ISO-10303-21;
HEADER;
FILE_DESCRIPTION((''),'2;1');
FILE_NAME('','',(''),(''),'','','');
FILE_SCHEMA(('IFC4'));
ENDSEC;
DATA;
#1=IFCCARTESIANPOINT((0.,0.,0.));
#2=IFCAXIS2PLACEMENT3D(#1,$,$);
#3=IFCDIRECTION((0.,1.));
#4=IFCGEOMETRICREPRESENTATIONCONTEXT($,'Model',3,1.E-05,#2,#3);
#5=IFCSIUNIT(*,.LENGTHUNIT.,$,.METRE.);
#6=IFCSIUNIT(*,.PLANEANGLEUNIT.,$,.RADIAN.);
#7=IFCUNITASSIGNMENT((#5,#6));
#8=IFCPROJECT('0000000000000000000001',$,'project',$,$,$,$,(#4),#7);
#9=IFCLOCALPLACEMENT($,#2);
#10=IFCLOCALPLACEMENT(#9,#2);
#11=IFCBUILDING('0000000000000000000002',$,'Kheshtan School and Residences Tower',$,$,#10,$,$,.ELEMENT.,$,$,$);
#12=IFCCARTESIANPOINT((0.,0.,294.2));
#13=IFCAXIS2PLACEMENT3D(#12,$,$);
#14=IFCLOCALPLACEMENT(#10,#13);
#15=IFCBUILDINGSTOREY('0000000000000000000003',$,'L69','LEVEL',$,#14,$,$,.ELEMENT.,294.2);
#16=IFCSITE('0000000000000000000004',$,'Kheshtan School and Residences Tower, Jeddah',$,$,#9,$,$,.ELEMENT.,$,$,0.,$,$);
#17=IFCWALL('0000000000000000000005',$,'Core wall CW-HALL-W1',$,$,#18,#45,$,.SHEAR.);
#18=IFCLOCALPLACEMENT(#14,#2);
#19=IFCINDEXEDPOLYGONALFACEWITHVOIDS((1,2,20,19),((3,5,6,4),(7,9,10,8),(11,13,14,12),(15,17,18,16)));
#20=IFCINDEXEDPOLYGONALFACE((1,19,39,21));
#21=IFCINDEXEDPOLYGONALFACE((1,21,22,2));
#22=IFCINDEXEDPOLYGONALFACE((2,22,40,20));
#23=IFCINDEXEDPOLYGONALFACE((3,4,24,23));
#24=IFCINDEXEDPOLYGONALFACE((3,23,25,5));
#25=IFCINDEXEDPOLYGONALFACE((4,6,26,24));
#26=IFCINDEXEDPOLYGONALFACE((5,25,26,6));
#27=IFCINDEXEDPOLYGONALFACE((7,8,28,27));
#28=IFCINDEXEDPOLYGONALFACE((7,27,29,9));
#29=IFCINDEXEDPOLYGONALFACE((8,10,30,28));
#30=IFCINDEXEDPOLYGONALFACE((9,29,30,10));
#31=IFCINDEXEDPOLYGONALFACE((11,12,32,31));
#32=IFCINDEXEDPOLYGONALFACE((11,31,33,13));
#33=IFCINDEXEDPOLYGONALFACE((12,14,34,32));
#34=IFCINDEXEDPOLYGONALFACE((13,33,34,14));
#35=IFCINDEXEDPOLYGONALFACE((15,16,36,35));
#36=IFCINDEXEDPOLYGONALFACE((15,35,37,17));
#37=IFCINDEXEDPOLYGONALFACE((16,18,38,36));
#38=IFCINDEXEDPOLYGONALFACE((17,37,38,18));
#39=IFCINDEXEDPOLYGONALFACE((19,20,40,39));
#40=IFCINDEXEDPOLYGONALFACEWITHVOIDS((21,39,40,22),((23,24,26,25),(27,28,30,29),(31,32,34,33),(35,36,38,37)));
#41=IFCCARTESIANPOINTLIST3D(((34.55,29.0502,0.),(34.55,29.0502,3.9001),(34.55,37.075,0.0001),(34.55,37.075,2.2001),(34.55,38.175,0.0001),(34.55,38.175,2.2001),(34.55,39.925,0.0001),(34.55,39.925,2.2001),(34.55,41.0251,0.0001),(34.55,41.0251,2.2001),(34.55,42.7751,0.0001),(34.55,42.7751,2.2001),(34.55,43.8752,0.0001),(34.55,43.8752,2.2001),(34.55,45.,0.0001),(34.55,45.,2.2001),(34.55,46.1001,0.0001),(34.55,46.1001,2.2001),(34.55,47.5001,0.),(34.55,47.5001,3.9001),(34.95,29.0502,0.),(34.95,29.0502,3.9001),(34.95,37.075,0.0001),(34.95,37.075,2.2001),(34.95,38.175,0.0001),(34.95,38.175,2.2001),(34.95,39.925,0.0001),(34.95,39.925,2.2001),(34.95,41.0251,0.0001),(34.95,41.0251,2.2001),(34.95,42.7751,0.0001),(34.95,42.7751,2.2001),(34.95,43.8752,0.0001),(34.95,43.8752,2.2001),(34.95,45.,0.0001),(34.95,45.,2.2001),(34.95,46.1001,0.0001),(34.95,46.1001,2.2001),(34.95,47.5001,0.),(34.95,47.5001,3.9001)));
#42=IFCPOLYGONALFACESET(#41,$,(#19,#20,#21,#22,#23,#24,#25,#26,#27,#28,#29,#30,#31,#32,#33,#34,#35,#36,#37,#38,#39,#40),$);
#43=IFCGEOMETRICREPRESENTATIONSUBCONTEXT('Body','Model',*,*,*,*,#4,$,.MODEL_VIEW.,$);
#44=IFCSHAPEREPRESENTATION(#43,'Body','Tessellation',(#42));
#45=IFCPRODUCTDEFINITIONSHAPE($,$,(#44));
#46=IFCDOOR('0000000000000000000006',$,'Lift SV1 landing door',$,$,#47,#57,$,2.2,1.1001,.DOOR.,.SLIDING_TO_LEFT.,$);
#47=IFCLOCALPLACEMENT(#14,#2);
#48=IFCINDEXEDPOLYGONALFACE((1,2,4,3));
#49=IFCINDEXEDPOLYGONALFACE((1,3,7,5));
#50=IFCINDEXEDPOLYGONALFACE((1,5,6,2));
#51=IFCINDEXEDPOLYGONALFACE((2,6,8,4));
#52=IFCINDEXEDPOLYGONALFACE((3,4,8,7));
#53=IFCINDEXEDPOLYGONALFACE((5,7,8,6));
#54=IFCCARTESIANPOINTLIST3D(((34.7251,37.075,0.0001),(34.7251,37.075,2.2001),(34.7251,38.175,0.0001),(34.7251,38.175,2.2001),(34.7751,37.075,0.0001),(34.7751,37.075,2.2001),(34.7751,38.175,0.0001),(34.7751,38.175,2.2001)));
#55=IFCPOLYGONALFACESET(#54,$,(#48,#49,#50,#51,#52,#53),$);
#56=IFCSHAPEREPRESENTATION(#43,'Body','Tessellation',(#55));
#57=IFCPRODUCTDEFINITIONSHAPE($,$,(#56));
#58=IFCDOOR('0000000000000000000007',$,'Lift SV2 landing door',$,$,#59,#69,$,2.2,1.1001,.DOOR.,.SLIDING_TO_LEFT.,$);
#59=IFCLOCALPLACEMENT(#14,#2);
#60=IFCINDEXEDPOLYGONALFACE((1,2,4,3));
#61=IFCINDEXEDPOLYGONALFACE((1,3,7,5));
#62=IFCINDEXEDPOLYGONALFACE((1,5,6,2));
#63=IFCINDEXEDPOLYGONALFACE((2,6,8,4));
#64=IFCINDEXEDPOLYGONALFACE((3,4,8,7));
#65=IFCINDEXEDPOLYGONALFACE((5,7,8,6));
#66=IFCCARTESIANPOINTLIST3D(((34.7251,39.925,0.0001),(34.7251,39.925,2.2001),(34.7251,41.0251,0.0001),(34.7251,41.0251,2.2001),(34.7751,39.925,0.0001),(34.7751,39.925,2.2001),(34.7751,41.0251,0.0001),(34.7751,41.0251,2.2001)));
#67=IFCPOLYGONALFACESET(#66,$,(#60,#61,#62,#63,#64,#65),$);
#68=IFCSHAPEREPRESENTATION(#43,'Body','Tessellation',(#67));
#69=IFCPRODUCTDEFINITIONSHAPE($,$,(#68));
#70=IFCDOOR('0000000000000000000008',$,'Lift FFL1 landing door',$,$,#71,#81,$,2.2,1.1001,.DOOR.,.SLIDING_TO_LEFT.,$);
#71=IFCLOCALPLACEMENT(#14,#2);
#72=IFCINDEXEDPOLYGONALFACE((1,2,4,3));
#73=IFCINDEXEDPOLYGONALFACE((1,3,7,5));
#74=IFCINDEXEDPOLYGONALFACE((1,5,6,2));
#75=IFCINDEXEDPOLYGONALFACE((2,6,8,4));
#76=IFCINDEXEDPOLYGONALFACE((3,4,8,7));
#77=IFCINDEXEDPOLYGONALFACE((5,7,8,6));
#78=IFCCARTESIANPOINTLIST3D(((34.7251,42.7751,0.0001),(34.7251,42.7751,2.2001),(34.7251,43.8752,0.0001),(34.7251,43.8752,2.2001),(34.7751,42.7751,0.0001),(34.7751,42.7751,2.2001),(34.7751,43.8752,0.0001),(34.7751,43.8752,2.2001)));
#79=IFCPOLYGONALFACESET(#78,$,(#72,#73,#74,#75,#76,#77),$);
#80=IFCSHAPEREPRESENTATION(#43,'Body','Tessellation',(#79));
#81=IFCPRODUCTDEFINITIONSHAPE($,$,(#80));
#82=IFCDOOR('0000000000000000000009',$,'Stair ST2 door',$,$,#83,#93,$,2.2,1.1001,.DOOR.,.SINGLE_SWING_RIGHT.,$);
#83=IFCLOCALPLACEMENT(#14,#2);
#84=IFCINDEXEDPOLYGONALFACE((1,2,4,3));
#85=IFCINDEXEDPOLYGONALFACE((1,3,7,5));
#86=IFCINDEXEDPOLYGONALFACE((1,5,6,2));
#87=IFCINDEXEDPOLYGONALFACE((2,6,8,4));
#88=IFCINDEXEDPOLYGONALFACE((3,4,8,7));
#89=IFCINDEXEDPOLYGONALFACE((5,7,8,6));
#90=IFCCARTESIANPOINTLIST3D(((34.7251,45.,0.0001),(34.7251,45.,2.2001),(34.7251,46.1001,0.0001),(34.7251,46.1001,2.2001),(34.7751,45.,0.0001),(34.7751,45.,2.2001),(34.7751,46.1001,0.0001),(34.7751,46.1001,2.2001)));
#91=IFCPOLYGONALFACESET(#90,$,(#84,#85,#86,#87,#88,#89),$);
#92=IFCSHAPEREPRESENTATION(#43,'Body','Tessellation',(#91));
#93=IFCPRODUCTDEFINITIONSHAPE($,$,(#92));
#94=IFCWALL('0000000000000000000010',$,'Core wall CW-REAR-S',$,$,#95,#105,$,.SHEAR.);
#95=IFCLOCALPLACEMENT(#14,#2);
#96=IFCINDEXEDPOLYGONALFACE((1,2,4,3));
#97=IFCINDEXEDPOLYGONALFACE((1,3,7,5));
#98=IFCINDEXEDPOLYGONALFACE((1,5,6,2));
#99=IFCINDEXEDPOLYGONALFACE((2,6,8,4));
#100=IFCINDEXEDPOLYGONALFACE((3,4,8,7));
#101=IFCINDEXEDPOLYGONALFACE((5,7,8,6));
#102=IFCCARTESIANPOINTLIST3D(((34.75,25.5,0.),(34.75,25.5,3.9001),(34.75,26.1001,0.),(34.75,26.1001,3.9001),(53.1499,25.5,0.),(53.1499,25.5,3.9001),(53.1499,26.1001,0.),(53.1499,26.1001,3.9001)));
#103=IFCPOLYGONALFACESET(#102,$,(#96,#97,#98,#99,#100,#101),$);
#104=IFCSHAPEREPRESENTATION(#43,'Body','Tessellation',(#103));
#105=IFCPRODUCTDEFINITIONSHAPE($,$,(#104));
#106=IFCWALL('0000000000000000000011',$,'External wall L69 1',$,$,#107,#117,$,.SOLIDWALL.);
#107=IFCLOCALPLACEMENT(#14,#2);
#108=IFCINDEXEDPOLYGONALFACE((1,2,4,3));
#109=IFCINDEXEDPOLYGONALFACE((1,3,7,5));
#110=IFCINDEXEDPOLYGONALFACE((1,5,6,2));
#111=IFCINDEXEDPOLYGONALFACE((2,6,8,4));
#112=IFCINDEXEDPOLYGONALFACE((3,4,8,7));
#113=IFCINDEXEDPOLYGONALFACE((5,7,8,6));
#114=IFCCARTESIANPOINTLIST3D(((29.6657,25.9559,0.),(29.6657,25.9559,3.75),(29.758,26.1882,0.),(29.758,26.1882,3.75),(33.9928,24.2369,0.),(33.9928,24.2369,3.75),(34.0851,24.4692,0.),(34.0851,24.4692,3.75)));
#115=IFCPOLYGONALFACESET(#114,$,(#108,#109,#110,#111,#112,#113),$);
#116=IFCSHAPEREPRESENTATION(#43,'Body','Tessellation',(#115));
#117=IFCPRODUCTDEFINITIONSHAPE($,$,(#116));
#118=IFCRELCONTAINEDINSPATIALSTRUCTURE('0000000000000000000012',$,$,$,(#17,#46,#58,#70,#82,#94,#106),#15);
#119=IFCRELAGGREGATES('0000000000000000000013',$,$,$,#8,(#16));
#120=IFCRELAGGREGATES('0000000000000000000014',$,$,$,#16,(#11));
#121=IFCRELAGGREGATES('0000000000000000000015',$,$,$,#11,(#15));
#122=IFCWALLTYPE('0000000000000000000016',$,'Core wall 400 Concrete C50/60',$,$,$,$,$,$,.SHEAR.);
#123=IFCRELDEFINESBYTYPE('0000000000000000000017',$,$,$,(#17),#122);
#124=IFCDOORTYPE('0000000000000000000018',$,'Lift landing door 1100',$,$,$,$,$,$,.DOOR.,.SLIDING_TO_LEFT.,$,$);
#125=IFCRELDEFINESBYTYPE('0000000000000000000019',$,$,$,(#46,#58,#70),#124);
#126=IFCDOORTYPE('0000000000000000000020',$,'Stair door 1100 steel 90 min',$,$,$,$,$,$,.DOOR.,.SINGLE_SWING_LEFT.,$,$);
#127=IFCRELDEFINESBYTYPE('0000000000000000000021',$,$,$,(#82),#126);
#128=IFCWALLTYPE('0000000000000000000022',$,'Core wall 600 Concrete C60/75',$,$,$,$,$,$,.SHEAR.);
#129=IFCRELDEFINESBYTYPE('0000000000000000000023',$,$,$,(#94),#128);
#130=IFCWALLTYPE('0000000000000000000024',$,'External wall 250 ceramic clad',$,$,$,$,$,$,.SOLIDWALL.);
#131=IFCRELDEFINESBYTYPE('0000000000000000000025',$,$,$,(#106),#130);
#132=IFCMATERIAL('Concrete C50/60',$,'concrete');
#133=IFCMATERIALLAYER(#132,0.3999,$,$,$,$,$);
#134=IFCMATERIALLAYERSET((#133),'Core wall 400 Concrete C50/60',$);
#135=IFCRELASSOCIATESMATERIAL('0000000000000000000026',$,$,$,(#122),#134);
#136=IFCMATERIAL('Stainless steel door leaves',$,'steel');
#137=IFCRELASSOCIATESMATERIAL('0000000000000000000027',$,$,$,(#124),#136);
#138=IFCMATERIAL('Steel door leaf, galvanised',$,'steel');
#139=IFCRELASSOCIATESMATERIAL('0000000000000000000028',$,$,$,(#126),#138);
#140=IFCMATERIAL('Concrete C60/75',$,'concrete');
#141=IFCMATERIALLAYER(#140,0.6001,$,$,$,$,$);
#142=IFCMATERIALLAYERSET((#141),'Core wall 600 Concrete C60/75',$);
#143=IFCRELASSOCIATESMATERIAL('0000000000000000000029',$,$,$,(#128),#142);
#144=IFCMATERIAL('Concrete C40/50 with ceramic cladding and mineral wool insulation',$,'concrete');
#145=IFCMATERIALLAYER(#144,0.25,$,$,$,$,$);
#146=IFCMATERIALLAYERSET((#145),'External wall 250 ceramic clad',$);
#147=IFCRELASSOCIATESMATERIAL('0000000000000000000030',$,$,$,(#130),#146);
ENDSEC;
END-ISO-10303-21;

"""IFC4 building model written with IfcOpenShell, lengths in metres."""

from ifc_helpers import new_model, si_unit, direction, frame, frame_2d, origin, place, context, subcontext, project, spatial, rectangle, extrude, source, transform, mapped, material, layer, layer_set, type_object, element, fill, save


model = new_model("IFC4")

# Units and contexts
model_context = context("Model", 3, precision=1e-05, world=origin(), true_north=direction((0.0, 1.0)))
body_context = subcontext(model_context, "Body", "Model", "MODEL_VIEW")
ifc_project = project(units=[si_unit("LENGTHUNIT", "METRE"), si_unit("PLANEANGLEUNIT", "RADIAN")], contexts=[model_context])

# Site, building, storey
site_placement = place(None, origin())
site = spatial("IfcSite", under=ifc_project, at=site_placement, Name="Kheshtan School and Residences Tower, Jeddah", CompositionType="ELEMENT", RefElevation=0.0)
building_placement = place(site_placement, origin())
building = spatial("IfcBuilding", under=site, at=building_placement, Name="Kheshtan School and Residences Tower", CompositionType="ELEMENT")
storey_placement = place(building_placement, frame((0.0, 0.0, 294.2)))
storey = spatial("IfcBuildingStorey", under=building, at=storey_placement, Name="L69", Description="LEVEL", CompositionType="ELEMENT", Elevation=294.2)

# Wall, openings, doors
ifc_material_1 = material(Name="Concrete C50/60", Category="concrete")
ifc_layer_1 = layer(ifc_material_1, 0.3999)
ifc_layer_set_1 = layer_set([ifc_layer_1], Name="Core wall 400 Concrete C50/60")
wall_type_1 = type_object("IfcWallType", Name="Core wall 400 Concrete C50/60", PredefinedType="SHEAR", material=ifc_layer_set_1)
ifc_material_2 = material(Name="Stainless steel door leaves", Category="steel")
door_type_1 = type_object("IfcDoorType", Name="Lift landing door 1100", OperationType="SLIDING_TO_LEFT", PredefinedType="DOOR", material=ifc_material_2)
shared_shape_1 = source(origin(), body_context, "Body", "SweptSolid", [
    extrude(rectangle(XDim=1.1001, YDim=2.2, at=frame_2d((0.55, 1.1001))), frame((0.0, 0.0249, 0.0), z_axis=(0.0, -1.0, 0.0), x_axis=(1.0, 0.0, 0.0)), (0.0, 0.0, 1.0), 0.05),
])
ifc_material_3 = material(Name="Steel door leaf, galvanised", Category="steel")
wall_1_placement = place(storey_placement, frame((34.75, 29.05, 0.0), z_axis=(0.0, 0.0, 1.0), x_axis=(0.0, 1.0, 0.0)))
wall_1 = element("IfcWall", 1, at=wall_1_placement, inside=storey, type_object=wall_type_1, Name="Core wall CW-HALL-W1", PredefinedType="SHEAR", context=body_context, shape_type="SweptSolid", body=[
    extrude(rectangle(XDim=18.45, YDim=0.3999, at=frame_2d((9.2251, 0.0))), origin(), (0.0, 0.0, 1.0), 3.9001),
])
opening_1_placement = place(wall_1_placement, frame((8.0249, 0.0, 0.0)))
opening_1 = element("IfcOpeningElement", 2, at=opening_1_placement, cuts=wall_1, PredefinedType="OPENING", context=body_context, shape_type="SweptSolid", body=[
    extrude(rectangle(XDim=1.1001, YDim=2.2, at=frame_2d((0.55, 1.1001))), frame((0.0, 0.21, 0.0), z_axis=(0.0, -1.0, 0.0), x_axis=(1.0, 0.0, 0.0)), (0.0, 0.0, 1.0), 0.4199),
])
opening_2_placement = place(wall_1_placement, frame((10.875, 0.0, 0.0)))
opening_2 = element("IfcOpeningElement", 3, at=opening_2_placement, cuts=wall_1, PredefinedType="OPENING", context=body_context, shape_type="SweptSolid", body=[
    extrude(rectangle(XDim=1.1001, YDim=2.2, at=frame_2d((0.55, 1.1001))), frame((0.0, 0.21, 0.0), z_axis=(0.0, -1.0, 0.0), x_axis=(1.0, 0.0, 0.0)), (0.0, 0.0, 1.0), 0.4199),
])
opening_3_placement = place(wall_1_placement, frame((13.7251, 0.0, 0.0)))
opening_3 = element("IfcOpeningElement", 4, at=opening_3_placement, cuts=wall_1, PredefinedType="OPENING", context=body_context, shape_type="SweptSolid", body=[
    extrude(rectangle(XDim=1.1001, YDim=2.2, at=frame_2d((0.55, 1.1001))), frame((0.0, 0.21, 0.0), z_axis=(0.0, -1.0, 0.0), x_axis=(1.0, 0.0, 0.0)), (0.0, 0.0, 1.0), 0.4199),
])
opening_4_placement = place(wall_1_placement, frame((15.95, 0.0, 0.0)))
opening_4 = element("IfcOpeningElement", 5, at=opening_4_placement, cuts=wall_1, PredefinedType="OPENING", context=body_context, shape_type="SweptSolid", body=[
    extrude(rectangle(XDim=1.1001, YDim=2.2, at=frame_2d((0.55, 1.1001))), frame((0.0, 0.21, 0.0), z_axis=(0.0, -1.0, 0.0), x_axis=(1.0, 0.0, 0.0)), (0.0, 0.0, 1.0), 0.4199),
])
door_1_placement = place(opening_1_placement, origin())
door_1 = element("IfcDoor", 6, at=door_1_placement, inside=storey, type_object=door_type_1, Name="Lift SV1 landing door", OperationType="SLIDING_TO_LEFT", OverallHeight=2.2, OverallWidth=1.1001, PredefinedType="DOOR", context=body_context, shape_type="MappedRepresentation", body=[
    mapped(shared_shape_1, transform((0.0, 0.0, 0.0), x_axis=(1.0, 0.0, 0.0), y_axis=(0.0, 1.0, 0.0), z_axis=(0.0, 0.0, 1.0), scale=1.0)),
])
fill(opening_1, door_1)
door_2_placement = place(opening_2_placement, origin())
door_2 = element("IfcDoor", 7, at=door_2_placement, inside=storey, type_object=door_type_1, Name="Lift SV2 landing door", OperationType="SLIDING_TO_LEFT", OverallHeight=2.2, OverallWidth=1.1001, PredefinedType="DOOR", context=body_context, shape_type="MappedRepresentation", body=[
    mapped(shared_shape_1, transform((0.0, 0.0, 0.0), x_axis=(1.0, 0.0, 0.0), y_axis=(0.0, 1.0, 0.0), z_axis=(0.0, 0.0, 1.0), scale=1.0)),
])
fill(opening_2, door_2)
door_3_placement = place(opening_3_placement, origin())
door_3 = element("IfcDoor", 8, at=door_3_placement, inside=storey, type_object=door_type_1, Name="Lift FFL1 landing door", OperationType="SLIDING_TO_LEFT", OverallHeight=2.2, OverallWidth=1.1001, PredefinedType="DOOR", context=body_context, shape_type="MappedRepresentation", body=[
    mapped(shared_shape_1, transform((0.0, 0.0, 0.0), x_axis=(1.0, 0.0, 0.0), y_axis=(0.0, 1.0, 0.0), z_axis=(0.0, 0.0, 1.0), scale=1.0)),
])
fill(opening_3, door_3)
door_type_2 = type_object("IfcDoorType", Name="Stair door 1100 steel 90 min", OperationType="SINGLE_SWING_LEFT", PredefinedType="DOOR", material=ifc_material_3)
shared_shape_2 = source(origin(), body_context, "Body", "SweptSolid", [
    extrude(rectangle(XDim=1.1001, YDim=2.2, at=frame_2d((0.55, 1.1001))), frame((0.0, 0.0249, 0.0), z_axis=(0.0, -1.0, 0.0), x_axis=(1.0, 0.0, 0.0)), (0.0, 0.0, 1.0), 0.05),
])
door_4_placement = place(opening_4_placement, origin())
door_4 = element("IfcDoor", 9, at=door_4_placement, inside=storey, type_object=door_type_2, Name="Stair ST2 door", OperationType="SINGLE_SWING_RIGHT", OverallHeight=2.2, OverallWidth=1.1001, PredefinedType="DOOR", context=body_context, shape_type="MappedRepresentation", body=[
    mapped(shared_shape_2, transform((0.0, 0.0, 0.0), x_axis=(1.0, 0.0, 0.0), y_axis=(0.0, 1.0, 0.0), z_axis=(0.0, 0.0, 1.0), scale=1.0)),
])
fill(opening_4, door_4)

# Walls
ifc_material_4 = material(Name="Concrete C60/75", Category="concrete")
ifc_layer_2 = layer(ifc_material_4, 0.6001)
ifc_layer_set_2 = layer_set([ifc_layer_2], Name="Core wall 600 Concrete C60/75")
wall_type_2 = type_object("IfcWallType", Name="Core wall 600 Concrete C60/75", PredefinedType="SHEAR", material=ifc_layer_set_2)
wall_2_placement = place(storey_placement, frame((34.75, 25.8, 0.0), z_axis=(0.0, 0.0, 1.0), x_axis=(1.0, 0.0, 0.0)))
element("IfcWall", 10, at=wall_2_placement, inside=storey, type_object=wall_type_2, Name="Core wall CW-REAR-S", PredefinedType="SHEAR", context=body_context, shape_type="SweptSolid", body=[
    extrude(rectangle(XDim=18.3999, YDim=0.6001, at=frame_2d((9.2, 0.0))), origin(), (0.0, 0.0, 1.0), 3.9001),
])
ifc_material_5 = material(Name="Concrete C40/50 with ceramic cladding and mineral wool insulation", Category="concrete")
ifc_layer_3 = layer(ifc_material_5, 0.25)
ifc_layer_set_3 = layer_set([ifc_layer_3], Name="External wall 250 ceramic clad")
wall_type_3 = type_object("IfcWallType", Name="External wall 250 ceramic clad", PredefinedType="SOLIDWALL", material=ifc_layer_set_3)
wall_3_placement = place(storey_placement, frame((34.0391, 24.353, 0.0), z_axis=(0.0, 0.0, 1.0), x_axis=(-0.929353, 0.369193, 0.0)))
element("IfcWall", 11, at=wall_3_placement, inside=storey, type_object=wall_type_3, Name="External wall L69 1", PredefinedType="SOLIDWALL", context=body_context, shape_type="SweptSolid", body=[
    extrude(rectangle(XDim=4.656, YDim=0.25, at=frame_2d((2.3281, 0.0))), origin(), (0.0, 0.0, 1.0), 3.75),
])

save(model, "model.ifc")
